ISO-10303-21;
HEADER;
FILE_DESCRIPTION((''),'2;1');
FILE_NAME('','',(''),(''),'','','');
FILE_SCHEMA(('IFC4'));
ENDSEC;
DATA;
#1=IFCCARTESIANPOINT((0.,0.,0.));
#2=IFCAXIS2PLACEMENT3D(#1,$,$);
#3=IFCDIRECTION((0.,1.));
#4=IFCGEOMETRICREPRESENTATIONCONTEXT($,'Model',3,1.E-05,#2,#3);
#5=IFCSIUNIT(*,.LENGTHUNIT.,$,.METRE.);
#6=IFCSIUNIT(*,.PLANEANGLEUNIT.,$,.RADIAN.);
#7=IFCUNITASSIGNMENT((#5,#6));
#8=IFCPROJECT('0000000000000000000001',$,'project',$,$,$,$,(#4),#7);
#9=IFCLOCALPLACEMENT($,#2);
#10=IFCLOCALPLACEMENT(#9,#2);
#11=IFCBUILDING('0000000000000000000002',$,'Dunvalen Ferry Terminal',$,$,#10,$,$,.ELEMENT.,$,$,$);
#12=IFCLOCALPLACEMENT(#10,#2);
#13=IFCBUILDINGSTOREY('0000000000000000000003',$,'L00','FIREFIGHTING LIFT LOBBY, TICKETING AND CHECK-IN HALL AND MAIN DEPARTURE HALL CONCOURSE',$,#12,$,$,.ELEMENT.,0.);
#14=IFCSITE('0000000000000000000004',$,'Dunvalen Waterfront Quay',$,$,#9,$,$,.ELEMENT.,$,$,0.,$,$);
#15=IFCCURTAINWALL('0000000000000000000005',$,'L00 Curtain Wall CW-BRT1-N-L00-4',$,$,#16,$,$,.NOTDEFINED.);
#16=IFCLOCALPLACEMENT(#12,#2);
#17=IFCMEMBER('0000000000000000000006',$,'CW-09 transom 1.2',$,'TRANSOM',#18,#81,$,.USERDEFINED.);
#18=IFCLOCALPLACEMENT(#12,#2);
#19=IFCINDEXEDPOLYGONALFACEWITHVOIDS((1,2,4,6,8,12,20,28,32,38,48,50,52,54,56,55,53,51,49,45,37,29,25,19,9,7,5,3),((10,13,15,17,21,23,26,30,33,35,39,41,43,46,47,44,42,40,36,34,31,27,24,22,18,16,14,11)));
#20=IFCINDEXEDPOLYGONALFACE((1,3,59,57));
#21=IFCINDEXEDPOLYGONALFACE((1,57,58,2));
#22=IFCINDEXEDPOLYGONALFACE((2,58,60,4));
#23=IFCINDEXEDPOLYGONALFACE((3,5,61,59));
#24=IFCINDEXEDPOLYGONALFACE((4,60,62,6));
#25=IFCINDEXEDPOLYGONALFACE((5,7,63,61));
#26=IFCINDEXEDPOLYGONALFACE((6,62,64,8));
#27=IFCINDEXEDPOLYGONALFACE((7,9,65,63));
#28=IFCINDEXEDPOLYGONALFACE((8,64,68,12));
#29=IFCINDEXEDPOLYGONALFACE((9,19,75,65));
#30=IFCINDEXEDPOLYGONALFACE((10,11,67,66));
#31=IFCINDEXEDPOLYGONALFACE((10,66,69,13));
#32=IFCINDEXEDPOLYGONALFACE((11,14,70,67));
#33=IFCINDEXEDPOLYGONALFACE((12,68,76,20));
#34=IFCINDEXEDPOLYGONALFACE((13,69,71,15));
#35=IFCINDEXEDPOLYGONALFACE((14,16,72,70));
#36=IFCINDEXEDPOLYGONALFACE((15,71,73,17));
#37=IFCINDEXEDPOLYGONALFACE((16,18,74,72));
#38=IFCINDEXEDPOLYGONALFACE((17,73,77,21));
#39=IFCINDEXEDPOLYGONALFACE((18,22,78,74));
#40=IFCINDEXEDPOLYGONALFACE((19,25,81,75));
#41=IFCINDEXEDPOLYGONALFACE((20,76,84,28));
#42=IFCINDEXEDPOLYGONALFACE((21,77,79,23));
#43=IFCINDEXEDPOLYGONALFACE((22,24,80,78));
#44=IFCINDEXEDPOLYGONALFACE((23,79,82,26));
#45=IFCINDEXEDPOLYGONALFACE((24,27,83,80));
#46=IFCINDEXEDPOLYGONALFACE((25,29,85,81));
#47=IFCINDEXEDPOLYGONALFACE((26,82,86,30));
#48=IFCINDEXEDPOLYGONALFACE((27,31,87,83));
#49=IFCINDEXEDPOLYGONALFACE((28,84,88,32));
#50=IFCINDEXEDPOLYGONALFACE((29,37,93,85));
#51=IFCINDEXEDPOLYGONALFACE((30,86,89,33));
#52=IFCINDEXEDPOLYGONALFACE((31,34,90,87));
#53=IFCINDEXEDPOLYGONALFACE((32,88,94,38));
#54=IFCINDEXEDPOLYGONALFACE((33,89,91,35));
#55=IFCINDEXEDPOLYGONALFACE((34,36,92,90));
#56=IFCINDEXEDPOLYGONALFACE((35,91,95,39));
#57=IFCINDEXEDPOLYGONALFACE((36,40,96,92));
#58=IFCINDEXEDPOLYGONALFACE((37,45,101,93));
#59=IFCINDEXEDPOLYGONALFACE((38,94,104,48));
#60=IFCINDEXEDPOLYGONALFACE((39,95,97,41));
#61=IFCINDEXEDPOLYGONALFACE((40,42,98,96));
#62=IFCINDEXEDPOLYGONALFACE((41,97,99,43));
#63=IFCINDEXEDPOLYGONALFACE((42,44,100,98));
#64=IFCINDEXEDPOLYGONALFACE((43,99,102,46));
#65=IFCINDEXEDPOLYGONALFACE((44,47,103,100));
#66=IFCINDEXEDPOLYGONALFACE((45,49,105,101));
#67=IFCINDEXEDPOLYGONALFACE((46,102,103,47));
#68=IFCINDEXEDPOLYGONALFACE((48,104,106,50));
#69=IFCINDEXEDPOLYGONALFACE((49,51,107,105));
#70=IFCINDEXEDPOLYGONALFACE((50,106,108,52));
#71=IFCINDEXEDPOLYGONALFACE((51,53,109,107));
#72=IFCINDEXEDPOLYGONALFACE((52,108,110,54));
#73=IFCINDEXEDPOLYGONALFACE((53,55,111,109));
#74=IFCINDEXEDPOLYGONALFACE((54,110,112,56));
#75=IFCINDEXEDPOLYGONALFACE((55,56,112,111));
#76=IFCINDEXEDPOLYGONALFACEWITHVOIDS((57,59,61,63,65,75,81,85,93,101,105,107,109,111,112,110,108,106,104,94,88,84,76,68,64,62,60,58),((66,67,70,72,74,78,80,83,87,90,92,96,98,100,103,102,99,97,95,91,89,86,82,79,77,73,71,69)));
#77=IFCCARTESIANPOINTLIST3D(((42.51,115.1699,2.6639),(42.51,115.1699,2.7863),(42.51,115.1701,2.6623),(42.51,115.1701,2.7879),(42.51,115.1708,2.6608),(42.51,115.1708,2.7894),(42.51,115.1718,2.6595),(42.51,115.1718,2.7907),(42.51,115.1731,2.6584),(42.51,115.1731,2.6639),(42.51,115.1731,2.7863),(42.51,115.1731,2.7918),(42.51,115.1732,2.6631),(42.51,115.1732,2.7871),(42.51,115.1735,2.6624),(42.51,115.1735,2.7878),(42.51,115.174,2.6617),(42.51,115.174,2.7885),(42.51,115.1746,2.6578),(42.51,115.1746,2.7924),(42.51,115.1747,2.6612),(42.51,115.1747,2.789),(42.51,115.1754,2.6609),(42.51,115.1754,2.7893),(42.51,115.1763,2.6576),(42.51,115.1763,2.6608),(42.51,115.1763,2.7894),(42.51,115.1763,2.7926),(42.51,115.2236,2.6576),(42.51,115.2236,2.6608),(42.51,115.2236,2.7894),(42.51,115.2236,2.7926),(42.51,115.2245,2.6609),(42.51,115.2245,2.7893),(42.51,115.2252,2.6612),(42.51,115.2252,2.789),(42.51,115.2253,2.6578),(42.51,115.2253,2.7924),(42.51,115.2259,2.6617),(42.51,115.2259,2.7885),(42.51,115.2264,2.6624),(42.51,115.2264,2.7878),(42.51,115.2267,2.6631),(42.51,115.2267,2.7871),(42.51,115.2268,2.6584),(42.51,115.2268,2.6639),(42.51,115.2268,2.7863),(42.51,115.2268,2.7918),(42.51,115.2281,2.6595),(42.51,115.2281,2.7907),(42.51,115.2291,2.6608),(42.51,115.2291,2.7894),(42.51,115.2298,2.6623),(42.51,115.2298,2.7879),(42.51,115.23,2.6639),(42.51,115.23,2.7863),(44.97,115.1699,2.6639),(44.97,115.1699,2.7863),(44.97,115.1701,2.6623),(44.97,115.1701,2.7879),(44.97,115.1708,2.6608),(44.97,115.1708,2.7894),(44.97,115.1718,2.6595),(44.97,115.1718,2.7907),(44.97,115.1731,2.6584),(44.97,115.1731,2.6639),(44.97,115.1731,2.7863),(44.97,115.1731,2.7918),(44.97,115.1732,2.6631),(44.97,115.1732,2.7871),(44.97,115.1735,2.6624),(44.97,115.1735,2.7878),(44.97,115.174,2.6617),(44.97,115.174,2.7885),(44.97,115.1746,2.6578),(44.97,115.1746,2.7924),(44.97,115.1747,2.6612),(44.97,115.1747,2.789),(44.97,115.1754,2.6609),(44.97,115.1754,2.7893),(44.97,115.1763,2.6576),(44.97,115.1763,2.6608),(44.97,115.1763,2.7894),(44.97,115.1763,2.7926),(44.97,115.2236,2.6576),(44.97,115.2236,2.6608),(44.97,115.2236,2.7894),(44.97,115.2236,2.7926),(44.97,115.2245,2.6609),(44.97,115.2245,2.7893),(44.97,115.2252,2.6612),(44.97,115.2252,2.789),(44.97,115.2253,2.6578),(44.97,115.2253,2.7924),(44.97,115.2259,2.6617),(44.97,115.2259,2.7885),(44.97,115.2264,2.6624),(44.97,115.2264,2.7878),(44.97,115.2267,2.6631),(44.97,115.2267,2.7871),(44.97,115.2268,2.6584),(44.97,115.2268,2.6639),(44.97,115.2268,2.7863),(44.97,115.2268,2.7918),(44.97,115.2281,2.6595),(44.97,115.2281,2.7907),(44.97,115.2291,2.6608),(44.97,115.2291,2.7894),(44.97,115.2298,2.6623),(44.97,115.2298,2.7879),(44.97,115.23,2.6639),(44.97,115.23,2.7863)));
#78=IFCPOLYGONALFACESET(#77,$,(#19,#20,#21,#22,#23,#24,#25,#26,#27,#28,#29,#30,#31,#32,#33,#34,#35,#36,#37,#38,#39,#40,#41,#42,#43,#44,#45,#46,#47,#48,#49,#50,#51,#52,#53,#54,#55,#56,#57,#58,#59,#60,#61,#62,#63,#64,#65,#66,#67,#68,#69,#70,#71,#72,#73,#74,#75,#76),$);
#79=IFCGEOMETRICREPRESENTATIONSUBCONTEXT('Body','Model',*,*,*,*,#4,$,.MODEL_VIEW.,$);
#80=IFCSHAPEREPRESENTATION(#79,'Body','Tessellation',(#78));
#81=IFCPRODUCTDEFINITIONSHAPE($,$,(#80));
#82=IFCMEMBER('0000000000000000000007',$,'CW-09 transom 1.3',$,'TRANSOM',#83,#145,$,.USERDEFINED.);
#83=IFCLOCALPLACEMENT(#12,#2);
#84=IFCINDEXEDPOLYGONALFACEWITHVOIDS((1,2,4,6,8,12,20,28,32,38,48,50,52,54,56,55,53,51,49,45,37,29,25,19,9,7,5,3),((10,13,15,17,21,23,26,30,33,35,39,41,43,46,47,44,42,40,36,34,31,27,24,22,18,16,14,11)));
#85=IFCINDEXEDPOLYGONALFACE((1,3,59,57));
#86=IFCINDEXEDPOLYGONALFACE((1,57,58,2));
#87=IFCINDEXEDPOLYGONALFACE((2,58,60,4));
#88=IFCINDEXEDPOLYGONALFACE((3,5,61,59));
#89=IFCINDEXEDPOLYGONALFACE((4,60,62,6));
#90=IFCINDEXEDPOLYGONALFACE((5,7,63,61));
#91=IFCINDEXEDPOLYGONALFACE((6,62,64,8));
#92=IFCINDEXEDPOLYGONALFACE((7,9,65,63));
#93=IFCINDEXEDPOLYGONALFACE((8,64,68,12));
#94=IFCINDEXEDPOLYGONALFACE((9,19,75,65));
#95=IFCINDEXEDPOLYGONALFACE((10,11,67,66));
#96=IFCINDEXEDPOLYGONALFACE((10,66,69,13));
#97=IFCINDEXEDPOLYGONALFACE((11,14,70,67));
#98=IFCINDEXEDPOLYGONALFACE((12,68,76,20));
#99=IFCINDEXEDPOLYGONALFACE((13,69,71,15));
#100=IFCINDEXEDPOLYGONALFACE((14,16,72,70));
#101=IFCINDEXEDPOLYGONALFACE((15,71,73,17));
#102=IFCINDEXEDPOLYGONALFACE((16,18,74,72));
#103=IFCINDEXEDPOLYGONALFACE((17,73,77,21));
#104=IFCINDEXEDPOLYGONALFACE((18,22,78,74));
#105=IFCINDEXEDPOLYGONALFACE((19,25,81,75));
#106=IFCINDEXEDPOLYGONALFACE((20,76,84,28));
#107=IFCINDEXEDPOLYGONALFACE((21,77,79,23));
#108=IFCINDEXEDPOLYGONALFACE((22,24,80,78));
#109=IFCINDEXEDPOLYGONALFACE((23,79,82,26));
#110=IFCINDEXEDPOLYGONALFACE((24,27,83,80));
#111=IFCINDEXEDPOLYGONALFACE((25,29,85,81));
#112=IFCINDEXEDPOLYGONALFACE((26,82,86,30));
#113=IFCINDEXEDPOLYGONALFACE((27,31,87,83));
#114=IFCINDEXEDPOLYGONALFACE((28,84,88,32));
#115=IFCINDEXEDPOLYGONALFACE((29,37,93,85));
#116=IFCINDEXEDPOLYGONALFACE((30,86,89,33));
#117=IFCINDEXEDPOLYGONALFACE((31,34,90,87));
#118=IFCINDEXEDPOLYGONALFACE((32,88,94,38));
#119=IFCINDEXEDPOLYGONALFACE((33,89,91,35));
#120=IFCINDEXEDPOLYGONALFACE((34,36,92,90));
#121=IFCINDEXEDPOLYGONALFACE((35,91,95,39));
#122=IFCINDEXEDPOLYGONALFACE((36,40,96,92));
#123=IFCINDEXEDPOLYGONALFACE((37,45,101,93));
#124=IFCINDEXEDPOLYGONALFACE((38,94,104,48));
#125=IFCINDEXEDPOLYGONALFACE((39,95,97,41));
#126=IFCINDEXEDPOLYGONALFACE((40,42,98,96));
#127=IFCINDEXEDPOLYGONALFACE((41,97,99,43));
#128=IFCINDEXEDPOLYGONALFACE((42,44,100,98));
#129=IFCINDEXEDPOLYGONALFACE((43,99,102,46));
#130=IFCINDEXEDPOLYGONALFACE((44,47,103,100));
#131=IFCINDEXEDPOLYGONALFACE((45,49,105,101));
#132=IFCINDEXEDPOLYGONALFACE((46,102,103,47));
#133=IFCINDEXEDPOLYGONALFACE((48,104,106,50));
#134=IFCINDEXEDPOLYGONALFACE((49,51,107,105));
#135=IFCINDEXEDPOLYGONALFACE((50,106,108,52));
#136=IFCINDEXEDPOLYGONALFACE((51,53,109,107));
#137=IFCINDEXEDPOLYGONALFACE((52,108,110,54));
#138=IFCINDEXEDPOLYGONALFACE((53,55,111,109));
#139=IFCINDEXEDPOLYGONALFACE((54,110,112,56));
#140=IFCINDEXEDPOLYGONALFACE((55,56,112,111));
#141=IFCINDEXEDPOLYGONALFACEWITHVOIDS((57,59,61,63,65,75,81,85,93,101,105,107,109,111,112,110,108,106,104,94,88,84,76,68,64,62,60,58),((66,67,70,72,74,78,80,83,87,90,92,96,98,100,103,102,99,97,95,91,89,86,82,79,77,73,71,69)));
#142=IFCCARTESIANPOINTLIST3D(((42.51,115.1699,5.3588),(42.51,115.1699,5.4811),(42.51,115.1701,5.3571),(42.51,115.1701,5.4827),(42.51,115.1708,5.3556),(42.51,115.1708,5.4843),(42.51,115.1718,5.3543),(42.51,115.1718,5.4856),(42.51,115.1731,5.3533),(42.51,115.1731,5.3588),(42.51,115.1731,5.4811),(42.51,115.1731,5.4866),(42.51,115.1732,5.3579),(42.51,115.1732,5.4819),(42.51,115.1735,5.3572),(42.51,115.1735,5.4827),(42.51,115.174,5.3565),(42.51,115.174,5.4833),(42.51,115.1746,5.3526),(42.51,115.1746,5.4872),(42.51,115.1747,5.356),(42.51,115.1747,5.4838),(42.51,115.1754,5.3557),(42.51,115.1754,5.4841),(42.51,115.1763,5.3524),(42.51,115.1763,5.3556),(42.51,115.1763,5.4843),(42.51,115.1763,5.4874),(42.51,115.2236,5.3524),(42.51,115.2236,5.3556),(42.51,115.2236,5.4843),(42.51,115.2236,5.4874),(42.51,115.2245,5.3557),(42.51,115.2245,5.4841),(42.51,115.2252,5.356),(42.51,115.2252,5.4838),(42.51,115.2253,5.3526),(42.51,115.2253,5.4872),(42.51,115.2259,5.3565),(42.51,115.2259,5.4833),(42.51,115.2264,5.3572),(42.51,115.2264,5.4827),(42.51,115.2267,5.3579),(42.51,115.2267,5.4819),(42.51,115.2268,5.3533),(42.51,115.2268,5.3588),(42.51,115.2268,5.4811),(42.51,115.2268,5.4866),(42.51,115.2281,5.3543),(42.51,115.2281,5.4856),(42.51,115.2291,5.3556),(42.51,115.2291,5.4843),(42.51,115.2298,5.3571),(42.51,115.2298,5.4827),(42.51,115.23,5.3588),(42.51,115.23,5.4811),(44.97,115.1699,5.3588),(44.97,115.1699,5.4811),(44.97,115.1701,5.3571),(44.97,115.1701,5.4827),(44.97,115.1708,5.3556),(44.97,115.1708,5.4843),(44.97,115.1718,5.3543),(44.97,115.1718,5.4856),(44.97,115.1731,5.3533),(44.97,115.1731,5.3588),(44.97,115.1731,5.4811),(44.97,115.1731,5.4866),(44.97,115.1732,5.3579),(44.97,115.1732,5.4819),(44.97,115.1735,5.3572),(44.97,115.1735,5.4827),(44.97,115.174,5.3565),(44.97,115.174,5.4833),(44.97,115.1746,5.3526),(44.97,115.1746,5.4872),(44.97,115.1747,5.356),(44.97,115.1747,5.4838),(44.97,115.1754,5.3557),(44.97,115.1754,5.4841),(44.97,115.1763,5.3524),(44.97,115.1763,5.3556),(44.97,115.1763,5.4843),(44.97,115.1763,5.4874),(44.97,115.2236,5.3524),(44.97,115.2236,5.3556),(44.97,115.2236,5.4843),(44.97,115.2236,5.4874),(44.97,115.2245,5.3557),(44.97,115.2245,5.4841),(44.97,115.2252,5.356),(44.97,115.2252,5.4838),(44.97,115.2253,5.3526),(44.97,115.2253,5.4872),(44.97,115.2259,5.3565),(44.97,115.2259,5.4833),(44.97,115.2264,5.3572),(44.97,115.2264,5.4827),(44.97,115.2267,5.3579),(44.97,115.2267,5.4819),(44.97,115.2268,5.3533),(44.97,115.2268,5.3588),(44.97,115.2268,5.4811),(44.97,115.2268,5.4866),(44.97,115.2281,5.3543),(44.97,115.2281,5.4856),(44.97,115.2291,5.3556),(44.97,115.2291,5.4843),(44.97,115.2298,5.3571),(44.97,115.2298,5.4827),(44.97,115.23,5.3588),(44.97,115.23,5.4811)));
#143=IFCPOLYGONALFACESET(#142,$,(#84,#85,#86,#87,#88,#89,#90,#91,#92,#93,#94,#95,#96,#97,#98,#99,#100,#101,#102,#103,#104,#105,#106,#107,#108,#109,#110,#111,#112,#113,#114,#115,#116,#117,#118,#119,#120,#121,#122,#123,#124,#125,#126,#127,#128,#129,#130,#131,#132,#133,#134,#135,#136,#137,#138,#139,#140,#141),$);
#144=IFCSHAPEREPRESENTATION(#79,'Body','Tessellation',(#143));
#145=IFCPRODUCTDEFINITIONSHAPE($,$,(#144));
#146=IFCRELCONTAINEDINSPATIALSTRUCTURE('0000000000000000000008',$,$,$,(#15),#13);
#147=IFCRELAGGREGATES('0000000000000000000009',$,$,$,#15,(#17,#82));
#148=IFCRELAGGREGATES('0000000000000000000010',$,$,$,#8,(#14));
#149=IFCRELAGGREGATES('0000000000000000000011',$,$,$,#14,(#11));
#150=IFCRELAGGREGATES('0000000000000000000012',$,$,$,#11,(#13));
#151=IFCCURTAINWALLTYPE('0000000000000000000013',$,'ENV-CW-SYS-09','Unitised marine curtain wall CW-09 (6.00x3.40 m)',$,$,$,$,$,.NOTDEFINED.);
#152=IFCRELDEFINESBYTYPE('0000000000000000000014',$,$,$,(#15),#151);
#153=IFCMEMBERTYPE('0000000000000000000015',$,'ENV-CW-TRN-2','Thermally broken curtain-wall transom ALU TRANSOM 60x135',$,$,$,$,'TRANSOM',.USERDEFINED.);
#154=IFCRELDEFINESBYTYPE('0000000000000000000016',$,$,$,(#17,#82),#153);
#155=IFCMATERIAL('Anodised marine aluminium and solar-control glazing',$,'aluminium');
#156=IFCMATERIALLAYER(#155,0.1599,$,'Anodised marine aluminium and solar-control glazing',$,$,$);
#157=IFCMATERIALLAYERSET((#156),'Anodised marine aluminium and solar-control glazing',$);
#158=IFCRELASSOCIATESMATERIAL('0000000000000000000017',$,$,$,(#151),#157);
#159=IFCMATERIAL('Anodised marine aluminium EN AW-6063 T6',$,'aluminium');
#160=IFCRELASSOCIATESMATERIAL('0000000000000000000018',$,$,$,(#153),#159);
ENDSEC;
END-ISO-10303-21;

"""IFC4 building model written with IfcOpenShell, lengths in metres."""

from ifc_helpers import new_model, si_unit, direction, frame, origin, origin_2d, place, context, subcontext, project, spatial, hollow_rectangle, extrude, material, layer, layer_set, material_profile, profile_set, type_object, element, aggregate, save


model = new_model("IFC4")

# Units and contexts
model_context = context("Model", 3, precision=1e-05, world=origin(), true_north=direction((0.0, 1.0)))
body_context = subcontext(model_context, "Body", "Model", "MODEL_VIEW")
ifc_project = project(units=[si_unit("LENGTHUNIT", "METRE"), si_unit("PLANEANGLEUNIT", "RADIAN")], contexts=[model_context])

# Site, building, storey
site_placement = place(None, origin())
site = spatial("IfcSite", under=ifc_project, at=site_placement, Name="Dunvalen Waterfront Quay", CompositionType="ELEMENT", RefElevation=0.0)
building_placement = place(site_placement, origin())
building = spatial("IfcBuilding", under=site, at=building_placement, Name="Dunvalen Ferry Terminal", CompositionType="ELEMENT")
storey_placement = place(building_placement, origin())
storey = spatial("IfcBuildingStorey", under=building, at=storey_placement, Name="L00", Description="FIREFIGHTING LIFT LOBBY, TICKETING AND CHECK-IN HALL AND MAIN DEPARTURE HALL CONCOURSE", CompositionType="ELEMENT", Elevation=0.0)

# Curtain wall, members
ifc_material_1 = material(Name="Anodised marine aluminium and solar-control glazing", Category="aluminium")
ifc_layer_1 = layer(ifc_material_1, 0.1599, Name="Anodised marine aluminium and solar-control glazing")
ifc_layer_set_1 = layer_set([ifc_layer_1], Name="Anodised marine aluminium and solar-control glazing")
curtain_wall_type = type_object("IfcCurtainWallType", Name="ENV-CW-SYS-09", Description="Unitised marine curtain wall CW-09 (6.00x3.40 m)", PredefinedType="NOTDEFINED", material=ifc_layer_set_1)
curtain_wall_placement = place(storey_placement, origin())
curtain_wall = element("IfcCurtainWall", 1, at=curtain_wall_placement, inside=storey, type_object=curtain_wall_type, Name="L00 Curtain Wall CW-BRT1-N-L00-4", PredefinedType="NOTDEFINED")
ifc_material_2 = material(Name="Anodised marine aluminium EN AW-6063 T6", Category="aluminium")
ifc_material_profile_1 = material_profile(ifc_material_2, hollow_rectangle(XDim=0.0601, YDim=0.135, WallThickness=0.0032, InnerFilletRadius=0.0032, OuterFilletRadius=0.0063, at=origin_2d()), Name="Anodised marine aluminium EN AW-6063 T6")
ifc_profile_set_1 = profile_set([ifc_material_profile_1], Name="Anodised marine aluminium EN AW-6063 T6")
member_type_1 = type_object("IfcMemberType", Name="ENV-CW-TRN-2", Description="Thermally broken curtain-wall transom ALU TRANSOM 60x135", ElementType="TRANSOM", PredefinedType="USERDEFINED", material=ifc_profile_set_1)
member_1_placement = place(storey_placement, frame((42.51, 115.2, 2.7251), z_axis=(1.0, 0.0, 0.0), x_axis=(0.0, 1.0, 0.0)))
member_1 = element("IfcMember", 2, at=member_1_placement, type_object=member_type_1, Name="CW-09 transom 1.2", ObjectType="TRANSOM", PredefinedType="USERDEFINED", context=body_context, shape_type="SweptSolid", body=[
    extrude(hollow_rectangle(XDim=0.0601, YDim=0.135, WallThickness=0.0032, InnerFilletRadius=0.0032, OuterFilletRadius=0.0063, at=origin_2d()), origin(), (0.0, 0.0, 1.0), 2.46),
])
member_2_placement = place(storey_placement, frame((42.51, 115.2, 5.4199), z_axis=(1.0, 0.0, 0.0), x_axis=(0.0, 1.0, 0.0)))
member_2 = element("IfcMember", 3, at=member_2_placement, type_object=member_type_1, Name="CW-09 transom 1.3", ObjectType="TRANSOM", PredefinedType="USERDEFINED", context=body_context, shape_type="SweptSolid", body=[
    extrude(hollow_rectangle(XDim=0.0601, YDim=0.135, WallThickness=0.0032, InnerFilletRadius=0.0032, OuterFilletRadius=0.0063, at=origin_2d()), origin(), (0.0, 0.0, 1.0), 2.46),
])
aggregate(curtain_wall, [member_1, member_2])

save(model, "model.ifc")
